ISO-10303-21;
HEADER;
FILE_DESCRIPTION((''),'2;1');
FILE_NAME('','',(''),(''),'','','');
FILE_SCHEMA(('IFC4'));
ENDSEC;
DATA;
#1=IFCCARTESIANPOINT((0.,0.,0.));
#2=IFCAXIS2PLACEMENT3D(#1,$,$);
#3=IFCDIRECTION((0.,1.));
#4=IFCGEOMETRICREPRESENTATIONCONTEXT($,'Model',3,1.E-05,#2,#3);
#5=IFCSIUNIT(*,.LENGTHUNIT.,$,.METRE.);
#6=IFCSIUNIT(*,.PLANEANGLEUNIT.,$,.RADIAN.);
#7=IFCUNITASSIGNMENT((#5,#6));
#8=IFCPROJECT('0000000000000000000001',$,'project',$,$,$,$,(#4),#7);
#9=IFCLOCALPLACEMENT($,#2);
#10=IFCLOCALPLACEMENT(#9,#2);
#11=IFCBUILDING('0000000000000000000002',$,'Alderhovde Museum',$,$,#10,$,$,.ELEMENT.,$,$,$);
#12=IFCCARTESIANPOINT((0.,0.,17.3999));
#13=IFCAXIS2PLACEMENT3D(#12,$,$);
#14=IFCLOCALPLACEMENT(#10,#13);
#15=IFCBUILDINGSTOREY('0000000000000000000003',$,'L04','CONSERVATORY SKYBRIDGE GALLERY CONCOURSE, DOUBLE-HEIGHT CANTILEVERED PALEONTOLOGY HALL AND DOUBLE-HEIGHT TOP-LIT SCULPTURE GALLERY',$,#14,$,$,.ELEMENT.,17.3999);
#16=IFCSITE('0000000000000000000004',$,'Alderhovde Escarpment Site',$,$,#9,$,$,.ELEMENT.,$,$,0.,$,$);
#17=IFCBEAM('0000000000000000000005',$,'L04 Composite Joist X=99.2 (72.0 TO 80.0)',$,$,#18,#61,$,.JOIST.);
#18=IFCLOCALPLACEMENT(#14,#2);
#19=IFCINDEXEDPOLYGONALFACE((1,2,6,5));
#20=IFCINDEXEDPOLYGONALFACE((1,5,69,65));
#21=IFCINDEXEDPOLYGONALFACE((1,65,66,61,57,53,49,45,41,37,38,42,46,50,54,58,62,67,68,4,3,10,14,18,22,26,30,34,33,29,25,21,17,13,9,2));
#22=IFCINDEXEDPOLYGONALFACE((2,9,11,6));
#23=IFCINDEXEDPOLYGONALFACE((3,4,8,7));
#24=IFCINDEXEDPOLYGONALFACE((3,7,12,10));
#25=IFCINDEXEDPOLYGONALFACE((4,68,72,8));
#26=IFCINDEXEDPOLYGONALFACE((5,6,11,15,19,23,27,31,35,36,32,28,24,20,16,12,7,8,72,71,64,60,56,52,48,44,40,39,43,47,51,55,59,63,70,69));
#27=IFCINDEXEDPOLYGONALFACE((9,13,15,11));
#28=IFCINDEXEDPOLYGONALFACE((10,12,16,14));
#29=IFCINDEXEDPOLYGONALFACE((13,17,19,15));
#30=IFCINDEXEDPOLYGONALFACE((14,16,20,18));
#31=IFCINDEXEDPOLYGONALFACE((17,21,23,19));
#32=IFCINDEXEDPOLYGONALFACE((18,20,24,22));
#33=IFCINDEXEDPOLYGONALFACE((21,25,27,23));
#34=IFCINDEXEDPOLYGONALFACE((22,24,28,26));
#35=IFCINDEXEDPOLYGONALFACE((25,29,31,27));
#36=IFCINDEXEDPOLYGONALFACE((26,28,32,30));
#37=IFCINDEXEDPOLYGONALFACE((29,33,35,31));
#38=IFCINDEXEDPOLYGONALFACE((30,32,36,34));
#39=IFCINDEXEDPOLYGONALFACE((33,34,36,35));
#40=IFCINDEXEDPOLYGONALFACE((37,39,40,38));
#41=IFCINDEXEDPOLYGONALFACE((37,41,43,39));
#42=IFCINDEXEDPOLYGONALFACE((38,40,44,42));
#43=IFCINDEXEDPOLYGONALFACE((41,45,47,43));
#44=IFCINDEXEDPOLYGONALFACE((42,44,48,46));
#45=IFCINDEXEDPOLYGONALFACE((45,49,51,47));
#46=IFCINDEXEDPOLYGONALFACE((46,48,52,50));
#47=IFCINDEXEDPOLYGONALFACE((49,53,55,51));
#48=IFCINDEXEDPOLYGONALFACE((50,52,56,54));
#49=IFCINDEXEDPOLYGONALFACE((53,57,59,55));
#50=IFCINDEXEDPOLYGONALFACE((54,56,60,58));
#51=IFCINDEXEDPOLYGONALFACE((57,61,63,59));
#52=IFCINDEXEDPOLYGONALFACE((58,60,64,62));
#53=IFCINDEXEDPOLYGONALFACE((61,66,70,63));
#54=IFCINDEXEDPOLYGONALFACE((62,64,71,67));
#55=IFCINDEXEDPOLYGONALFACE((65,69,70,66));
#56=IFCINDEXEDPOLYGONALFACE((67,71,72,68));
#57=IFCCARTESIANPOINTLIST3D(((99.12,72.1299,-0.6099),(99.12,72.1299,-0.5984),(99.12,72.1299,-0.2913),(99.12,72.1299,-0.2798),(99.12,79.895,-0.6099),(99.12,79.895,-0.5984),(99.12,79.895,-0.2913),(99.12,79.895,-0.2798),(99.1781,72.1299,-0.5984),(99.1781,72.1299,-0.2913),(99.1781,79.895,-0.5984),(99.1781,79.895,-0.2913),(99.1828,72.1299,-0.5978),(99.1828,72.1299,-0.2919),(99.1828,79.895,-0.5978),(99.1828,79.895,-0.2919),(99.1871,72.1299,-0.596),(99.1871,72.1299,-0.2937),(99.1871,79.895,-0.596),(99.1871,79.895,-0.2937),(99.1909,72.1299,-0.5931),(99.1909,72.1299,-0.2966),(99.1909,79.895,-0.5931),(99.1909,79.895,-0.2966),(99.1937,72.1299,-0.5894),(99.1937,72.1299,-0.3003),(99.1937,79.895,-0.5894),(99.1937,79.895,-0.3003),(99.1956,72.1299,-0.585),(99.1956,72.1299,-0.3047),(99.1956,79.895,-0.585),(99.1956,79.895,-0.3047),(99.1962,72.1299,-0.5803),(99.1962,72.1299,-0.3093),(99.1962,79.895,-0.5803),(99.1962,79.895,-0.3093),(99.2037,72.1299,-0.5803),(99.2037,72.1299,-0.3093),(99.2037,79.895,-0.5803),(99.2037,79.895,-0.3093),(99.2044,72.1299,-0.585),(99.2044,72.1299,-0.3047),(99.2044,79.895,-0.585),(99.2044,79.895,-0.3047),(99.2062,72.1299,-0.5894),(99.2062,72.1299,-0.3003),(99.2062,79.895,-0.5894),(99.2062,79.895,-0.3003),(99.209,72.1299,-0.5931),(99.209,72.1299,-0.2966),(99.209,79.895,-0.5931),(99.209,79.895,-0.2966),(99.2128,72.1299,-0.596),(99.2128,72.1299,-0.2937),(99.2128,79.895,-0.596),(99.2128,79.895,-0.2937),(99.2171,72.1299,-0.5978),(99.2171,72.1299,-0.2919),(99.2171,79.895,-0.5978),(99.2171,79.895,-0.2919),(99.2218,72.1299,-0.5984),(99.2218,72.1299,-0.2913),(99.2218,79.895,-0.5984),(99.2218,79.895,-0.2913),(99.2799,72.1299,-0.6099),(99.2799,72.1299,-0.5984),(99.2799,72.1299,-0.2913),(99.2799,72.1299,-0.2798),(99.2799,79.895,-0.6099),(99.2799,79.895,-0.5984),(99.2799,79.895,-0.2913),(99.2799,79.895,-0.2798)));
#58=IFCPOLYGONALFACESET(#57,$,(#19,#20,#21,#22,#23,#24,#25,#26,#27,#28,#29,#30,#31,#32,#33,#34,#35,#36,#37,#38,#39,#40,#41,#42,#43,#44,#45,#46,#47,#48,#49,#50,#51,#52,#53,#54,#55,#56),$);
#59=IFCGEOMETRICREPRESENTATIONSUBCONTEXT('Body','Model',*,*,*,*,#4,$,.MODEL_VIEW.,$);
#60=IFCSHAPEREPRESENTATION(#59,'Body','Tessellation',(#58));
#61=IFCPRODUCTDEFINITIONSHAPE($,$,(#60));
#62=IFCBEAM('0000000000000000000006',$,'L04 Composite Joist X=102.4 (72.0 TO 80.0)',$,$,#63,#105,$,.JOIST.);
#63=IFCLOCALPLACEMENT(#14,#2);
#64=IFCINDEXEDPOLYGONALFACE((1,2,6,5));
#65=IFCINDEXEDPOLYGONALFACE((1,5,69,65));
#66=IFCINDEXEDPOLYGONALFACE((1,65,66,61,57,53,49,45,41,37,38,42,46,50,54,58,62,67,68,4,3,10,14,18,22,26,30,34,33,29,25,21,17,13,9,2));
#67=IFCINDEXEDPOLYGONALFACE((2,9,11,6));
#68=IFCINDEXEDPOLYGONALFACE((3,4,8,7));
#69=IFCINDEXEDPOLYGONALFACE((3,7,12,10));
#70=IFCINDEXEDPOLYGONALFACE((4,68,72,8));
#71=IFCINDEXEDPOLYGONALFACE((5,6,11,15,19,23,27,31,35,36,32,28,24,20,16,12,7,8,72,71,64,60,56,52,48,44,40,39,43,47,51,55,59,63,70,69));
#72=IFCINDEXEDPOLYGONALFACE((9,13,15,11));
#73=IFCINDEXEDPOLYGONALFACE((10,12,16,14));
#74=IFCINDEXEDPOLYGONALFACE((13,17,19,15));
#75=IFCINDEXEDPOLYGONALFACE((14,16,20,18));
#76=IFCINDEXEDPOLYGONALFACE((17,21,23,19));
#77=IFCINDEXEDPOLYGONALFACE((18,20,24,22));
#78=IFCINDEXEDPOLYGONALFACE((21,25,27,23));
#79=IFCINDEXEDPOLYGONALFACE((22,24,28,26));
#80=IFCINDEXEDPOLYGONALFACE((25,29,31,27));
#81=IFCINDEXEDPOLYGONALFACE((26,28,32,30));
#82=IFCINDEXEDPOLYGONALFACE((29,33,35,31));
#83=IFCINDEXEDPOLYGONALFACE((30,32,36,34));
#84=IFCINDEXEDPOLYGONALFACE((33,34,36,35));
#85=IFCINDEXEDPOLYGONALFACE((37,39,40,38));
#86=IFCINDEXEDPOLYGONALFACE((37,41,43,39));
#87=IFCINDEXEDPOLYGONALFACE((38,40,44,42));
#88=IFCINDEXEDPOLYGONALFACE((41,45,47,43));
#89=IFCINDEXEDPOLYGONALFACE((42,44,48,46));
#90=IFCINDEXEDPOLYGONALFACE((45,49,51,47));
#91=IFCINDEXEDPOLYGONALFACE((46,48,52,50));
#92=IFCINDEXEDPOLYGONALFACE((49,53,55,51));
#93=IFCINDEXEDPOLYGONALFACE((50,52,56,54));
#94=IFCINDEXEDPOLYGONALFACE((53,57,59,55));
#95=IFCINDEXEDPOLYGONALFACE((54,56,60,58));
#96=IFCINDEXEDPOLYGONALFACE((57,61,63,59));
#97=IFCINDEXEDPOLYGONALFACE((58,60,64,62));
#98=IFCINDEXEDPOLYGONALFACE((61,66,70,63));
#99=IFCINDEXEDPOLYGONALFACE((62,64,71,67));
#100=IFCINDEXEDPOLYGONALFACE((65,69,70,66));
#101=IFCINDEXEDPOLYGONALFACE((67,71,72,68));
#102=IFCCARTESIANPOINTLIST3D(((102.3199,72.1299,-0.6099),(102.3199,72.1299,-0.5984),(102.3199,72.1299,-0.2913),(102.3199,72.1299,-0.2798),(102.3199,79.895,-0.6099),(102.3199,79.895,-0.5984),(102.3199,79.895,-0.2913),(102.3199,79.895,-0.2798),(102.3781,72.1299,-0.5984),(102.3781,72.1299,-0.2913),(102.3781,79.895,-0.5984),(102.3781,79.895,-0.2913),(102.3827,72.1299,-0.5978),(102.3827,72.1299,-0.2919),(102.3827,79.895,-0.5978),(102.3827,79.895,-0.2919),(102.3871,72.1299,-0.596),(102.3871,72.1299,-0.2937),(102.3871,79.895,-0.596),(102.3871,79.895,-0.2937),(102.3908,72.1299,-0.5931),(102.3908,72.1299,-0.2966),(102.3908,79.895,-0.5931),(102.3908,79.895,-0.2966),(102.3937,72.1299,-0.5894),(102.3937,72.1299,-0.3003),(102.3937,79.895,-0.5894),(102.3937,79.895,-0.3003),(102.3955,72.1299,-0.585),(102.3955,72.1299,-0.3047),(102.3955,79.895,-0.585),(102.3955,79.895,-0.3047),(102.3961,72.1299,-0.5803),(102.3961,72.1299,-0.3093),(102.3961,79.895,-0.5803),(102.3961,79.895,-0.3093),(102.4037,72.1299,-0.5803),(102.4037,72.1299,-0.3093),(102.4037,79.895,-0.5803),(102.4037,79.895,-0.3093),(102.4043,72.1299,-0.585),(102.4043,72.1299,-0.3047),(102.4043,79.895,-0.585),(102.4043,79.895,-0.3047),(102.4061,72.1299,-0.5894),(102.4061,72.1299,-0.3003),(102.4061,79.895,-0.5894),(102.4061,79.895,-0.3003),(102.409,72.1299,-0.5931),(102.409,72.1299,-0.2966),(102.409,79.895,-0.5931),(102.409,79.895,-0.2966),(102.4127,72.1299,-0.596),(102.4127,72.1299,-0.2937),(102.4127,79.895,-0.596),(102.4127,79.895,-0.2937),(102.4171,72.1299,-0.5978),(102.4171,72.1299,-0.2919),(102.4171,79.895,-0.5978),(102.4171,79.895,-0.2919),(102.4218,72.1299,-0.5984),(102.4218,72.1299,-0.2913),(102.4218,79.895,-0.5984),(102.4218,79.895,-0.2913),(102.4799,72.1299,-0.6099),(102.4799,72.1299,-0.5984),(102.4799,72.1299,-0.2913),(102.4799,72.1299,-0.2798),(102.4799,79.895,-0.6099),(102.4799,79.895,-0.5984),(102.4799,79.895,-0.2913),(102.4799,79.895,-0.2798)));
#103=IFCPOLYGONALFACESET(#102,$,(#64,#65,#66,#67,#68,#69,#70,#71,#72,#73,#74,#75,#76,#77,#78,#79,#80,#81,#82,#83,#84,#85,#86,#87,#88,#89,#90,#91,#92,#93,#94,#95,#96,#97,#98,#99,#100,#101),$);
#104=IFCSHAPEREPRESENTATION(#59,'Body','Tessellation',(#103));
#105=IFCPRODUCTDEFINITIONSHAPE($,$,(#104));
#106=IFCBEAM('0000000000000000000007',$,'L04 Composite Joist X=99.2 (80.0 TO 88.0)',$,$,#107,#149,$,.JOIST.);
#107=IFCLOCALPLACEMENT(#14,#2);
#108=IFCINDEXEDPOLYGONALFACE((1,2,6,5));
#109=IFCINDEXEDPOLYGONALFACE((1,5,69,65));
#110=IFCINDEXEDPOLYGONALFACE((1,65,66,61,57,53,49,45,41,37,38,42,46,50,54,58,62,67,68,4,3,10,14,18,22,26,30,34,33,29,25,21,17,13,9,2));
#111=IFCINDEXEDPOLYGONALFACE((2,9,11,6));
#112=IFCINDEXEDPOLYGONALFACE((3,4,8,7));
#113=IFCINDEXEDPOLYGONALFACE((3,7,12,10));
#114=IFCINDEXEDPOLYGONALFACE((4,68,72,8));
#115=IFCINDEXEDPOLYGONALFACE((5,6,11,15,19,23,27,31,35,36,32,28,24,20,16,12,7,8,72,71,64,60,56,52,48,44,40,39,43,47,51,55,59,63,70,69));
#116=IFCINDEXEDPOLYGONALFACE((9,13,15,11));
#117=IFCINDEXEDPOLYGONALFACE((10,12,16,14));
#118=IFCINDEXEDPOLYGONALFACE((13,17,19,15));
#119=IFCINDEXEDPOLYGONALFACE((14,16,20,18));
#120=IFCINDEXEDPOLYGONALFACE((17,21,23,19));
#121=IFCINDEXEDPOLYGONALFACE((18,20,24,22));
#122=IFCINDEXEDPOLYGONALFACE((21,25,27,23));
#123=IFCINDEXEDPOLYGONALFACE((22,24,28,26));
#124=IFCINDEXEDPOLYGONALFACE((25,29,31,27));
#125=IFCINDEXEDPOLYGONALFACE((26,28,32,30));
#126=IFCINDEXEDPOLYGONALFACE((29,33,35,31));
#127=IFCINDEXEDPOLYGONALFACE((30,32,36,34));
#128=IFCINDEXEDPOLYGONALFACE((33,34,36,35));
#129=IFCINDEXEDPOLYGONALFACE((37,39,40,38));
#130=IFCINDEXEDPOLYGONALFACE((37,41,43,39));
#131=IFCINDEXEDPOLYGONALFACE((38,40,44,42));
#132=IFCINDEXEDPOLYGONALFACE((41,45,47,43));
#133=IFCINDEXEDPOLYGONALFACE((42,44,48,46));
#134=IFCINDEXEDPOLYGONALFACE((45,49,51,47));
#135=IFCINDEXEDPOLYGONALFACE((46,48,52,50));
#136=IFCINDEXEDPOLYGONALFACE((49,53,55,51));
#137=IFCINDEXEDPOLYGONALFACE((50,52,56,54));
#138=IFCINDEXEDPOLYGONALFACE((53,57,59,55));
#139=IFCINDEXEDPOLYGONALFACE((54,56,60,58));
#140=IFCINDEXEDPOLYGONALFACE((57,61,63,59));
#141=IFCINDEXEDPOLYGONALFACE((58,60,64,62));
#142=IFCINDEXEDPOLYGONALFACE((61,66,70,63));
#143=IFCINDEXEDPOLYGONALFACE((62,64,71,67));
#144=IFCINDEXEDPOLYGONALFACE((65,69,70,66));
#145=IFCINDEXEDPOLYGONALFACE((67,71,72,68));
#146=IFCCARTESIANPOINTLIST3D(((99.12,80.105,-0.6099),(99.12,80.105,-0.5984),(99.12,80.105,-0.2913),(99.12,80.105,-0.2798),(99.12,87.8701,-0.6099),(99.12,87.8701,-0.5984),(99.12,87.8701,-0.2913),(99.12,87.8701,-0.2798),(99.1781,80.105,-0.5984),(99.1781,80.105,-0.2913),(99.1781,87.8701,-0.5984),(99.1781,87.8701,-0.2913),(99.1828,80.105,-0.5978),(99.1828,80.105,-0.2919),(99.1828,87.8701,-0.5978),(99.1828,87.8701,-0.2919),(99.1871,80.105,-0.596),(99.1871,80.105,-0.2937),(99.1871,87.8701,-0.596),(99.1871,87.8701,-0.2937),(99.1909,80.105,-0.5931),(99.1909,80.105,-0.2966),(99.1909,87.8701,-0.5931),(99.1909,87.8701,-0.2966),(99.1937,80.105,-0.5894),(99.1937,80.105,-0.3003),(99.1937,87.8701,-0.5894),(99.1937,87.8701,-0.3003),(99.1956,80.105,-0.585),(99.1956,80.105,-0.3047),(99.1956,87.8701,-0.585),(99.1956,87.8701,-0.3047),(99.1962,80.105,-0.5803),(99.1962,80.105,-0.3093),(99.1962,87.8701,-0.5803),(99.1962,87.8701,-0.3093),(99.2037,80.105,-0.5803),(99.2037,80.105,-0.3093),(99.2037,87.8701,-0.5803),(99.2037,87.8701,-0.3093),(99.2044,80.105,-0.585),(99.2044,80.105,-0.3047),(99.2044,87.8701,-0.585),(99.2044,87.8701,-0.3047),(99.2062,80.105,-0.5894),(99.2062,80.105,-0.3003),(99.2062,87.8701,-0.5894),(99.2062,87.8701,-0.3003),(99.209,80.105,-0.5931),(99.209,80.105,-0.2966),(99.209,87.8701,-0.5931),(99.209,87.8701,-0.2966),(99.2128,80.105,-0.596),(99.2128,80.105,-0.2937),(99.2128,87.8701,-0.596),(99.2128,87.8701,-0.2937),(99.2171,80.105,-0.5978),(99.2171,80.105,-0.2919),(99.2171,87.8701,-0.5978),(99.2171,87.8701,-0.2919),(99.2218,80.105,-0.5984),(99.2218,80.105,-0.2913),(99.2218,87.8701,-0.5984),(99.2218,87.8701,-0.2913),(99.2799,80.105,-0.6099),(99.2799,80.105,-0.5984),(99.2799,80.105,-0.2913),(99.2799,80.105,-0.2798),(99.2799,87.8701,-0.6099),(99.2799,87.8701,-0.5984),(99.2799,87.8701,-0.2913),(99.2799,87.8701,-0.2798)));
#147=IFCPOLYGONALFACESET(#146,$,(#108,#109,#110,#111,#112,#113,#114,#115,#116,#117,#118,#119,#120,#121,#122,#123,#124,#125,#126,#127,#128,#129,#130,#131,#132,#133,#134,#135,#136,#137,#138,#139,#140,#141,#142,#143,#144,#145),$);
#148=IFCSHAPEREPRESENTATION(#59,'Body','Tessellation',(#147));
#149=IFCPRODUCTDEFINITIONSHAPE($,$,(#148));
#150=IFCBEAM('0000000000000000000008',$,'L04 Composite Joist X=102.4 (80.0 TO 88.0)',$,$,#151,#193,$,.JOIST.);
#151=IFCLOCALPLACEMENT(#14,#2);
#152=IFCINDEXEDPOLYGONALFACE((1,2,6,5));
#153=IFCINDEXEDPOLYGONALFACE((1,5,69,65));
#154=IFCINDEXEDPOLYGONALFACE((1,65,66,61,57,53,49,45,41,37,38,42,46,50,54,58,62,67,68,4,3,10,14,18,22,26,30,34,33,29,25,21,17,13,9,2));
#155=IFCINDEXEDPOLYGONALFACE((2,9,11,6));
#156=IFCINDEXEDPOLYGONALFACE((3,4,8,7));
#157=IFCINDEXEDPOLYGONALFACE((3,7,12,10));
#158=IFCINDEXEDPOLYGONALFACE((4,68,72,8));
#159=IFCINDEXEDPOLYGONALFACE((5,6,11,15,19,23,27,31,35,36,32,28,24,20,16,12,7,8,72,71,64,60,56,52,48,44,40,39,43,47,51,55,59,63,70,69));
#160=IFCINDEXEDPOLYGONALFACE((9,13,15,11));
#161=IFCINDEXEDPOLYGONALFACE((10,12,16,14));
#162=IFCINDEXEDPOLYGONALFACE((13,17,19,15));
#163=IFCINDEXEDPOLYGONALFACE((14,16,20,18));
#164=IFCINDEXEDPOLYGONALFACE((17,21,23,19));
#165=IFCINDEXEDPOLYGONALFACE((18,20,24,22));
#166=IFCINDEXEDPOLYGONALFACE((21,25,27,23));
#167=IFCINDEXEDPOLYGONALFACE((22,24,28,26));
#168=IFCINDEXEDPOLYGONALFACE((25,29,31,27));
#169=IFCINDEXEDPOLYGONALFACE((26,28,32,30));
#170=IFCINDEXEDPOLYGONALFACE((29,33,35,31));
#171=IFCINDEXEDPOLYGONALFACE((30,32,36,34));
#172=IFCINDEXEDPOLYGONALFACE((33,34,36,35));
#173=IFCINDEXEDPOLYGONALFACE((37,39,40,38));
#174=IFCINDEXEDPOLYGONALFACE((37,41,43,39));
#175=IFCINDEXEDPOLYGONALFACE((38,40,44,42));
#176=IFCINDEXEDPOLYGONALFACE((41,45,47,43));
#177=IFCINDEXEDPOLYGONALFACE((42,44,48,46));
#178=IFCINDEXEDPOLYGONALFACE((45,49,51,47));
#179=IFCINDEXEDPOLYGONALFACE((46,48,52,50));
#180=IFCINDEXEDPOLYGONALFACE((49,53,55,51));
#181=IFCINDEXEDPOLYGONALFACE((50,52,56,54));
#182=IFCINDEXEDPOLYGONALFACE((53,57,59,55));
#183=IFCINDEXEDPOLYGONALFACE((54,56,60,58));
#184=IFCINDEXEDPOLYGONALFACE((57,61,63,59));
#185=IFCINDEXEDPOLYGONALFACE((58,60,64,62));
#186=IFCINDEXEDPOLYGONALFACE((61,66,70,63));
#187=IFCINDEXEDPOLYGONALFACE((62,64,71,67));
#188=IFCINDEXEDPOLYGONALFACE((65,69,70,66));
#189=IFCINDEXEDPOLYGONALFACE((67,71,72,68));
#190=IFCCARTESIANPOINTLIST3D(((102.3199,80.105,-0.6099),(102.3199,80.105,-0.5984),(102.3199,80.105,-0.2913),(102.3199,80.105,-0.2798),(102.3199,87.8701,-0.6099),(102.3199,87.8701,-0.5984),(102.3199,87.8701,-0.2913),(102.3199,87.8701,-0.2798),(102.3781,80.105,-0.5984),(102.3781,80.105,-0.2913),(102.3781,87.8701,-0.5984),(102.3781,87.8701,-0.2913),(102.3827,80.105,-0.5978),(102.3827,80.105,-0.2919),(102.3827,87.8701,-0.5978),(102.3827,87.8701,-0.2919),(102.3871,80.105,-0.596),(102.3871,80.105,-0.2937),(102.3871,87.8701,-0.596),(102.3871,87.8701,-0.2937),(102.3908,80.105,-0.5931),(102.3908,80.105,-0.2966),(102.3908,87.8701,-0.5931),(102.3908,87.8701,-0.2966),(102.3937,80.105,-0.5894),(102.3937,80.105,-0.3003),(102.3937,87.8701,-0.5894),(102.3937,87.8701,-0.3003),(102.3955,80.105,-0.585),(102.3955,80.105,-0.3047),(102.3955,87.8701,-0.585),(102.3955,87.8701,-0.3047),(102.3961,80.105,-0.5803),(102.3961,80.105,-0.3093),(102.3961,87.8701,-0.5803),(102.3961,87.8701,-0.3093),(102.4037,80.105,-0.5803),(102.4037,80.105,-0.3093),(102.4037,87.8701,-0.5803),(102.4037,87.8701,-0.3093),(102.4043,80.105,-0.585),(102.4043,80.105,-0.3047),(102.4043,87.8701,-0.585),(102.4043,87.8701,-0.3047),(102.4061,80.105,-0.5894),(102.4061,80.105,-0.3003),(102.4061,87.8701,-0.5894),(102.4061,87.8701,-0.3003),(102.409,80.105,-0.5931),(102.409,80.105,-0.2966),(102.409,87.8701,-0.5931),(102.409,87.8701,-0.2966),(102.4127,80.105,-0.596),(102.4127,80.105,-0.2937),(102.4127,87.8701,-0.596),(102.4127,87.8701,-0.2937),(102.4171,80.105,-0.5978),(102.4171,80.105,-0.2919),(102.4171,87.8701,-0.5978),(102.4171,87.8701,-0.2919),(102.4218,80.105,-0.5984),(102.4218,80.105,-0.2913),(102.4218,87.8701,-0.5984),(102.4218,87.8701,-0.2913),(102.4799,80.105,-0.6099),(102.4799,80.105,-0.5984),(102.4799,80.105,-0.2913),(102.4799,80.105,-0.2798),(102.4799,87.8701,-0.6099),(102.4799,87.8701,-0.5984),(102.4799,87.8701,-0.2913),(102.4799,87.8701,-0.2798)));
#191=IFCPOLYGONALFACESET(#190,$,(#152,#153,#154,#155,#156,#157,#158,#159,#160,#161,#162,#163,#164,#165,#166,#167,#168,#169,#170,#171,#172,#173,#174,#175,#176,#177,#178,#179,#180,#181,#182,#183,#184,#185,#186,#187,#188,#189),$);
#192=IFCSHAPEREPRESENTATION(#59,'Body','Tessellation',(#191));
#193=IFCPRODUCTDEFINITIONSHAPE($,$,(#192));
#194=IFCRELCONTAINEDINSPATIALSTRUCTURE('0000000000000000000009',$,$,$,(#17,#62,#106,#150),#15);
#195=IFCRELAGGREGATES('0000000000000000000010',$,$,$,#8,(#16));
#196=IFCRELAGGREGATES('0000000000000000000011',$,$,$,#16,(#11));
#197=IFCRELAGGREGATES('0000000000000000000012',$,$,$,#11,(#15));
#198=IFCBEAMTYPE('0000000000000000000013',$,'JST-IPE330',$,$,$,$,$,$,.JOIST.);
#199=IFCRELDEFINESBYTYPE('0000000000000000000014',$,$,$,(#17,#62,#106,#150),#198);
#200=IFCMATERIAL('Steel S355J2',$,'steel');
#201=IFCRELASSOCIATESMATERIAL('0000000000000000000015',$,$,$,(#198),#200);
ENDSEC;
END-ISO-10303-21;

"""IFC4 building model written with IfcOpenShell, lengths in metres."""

from ifc_helpers import new_model, si_unit, direction, frame, origin, origin_2d, place, context, subcontext, project, spatial, i_section, extrude, material, material_profile, profile_set, type_object, element, save


model = new_model("IFC4")

# Units and contexts
model_context = context("Model", 3, precision=1e-05, world=origin(), true_north=direction((0.0, 1.0)))
body_context = subcontext(model_context, "Body", "Model", "MODEL_VIEW")
ifc_project = project(units=[si_unit("LENGTHUNIT", "METRE"), si_unit("PLANEANGLEUNIT", "RADIAN")], contexts=[model_context])

# Site, building, storey
site_placement = place(None, origin())
site = spatial("IfcSite", under=ifc_project, at=site_placement, Name="Alderhovde Escarpment Site", CompositionType="ELEMENT", RefElevation=0.0)
building_placement = place(site_placement, origin())
building = spatial("IfcBuilding", under=site, at=building_placement, Name="Alderhovde Museum", CompositionType="ELEMENT")
storey_placement = place(building_placement, frame((0.0, 0.0, 17.3999)))
storey = spatial("IfcBuildingStorey", under=building, at=storey_placement, Name="L04", Description="CONSERVATORY SKYBRIDGE GALLERY CONCOURSE, DOUBLE-HEIGHT CANTILEVERED PALEONTOLOGY HALL AND DOUBLE-HEIGHT TOP-LIT SCULPTURE GALLERY", CompositionType="ELEMENT", Elevation=17.3999)

# Beams
ifc_material_1 = material(Name="Steel S355J2", Category="steel")
ifc_material_profile_1 = material_profile(ifc_material_1, i_section(OverallWidth=0.1599, OverallDepth=0.3301, WebThickness=0.0076, FlangeThickness=0.0115, FilletRadius=0.0181, at=origin_2d()), Name="IPE 330")
ifc_profile_set_1 = profile_set([ifc_material_profile_1], Name="Steel S355J2")
beam_type_1 = type_object("IfcBeamType", Name="JST-IPE330", PredefinedType="JOIST", material=ifc_profile_set_1)
for number, where, z_axis, x_axis, name in (
    (1, (99.2, 72.1299, -0.4448), (0.0, 1.0, 0.0), (-1.0, 0.0, 0.0), "L04 Composite Joist X=99.2 (72.0 TO 80.0)"),
    (2, (102.3999, 72.1299, -0.4448), (0.0, 1.0, 0.0), (-1.0, 0.0, 0.0), "L04 Composite Joist X=102.4 (72.0 TO 80.0)"),
    (3, (99.2, 80.105, -0.4448), (0.0, 1.0, 0.0), (-1.0, 0.0, 0.0), "L04 Composite Joist X=99.2 (80.0 TO 88.0)"),
    (4, (102.3999, 80.105, -0.4448), (0.0, 1.0, 0.0), (-1.0, 0.0, 0.0), "L04 Composite Joist X=102.4 (80.0 TO 88.0)"),
):
    element("IfcBeam", number, at=place(storey_placement, frame(where, z_axis=z_axis, x_axis=x_axis)), inside=storey, type_object=beam_type_1, Name=name, PredefinedType="JOIST", context=body_context, shape_type="SweptSolid", body=[
        extrude(i_section(OverallWidth=0.1599, OverallDepth=0.3301, WebThickness=0.0076, FlangeThickness=0.0115, FilletRadius=0.0181, at=origin_2d()), origin(), (0.0, 0.0, 1.0), 7.7651),
    ])

save(model, "model.ifc")
